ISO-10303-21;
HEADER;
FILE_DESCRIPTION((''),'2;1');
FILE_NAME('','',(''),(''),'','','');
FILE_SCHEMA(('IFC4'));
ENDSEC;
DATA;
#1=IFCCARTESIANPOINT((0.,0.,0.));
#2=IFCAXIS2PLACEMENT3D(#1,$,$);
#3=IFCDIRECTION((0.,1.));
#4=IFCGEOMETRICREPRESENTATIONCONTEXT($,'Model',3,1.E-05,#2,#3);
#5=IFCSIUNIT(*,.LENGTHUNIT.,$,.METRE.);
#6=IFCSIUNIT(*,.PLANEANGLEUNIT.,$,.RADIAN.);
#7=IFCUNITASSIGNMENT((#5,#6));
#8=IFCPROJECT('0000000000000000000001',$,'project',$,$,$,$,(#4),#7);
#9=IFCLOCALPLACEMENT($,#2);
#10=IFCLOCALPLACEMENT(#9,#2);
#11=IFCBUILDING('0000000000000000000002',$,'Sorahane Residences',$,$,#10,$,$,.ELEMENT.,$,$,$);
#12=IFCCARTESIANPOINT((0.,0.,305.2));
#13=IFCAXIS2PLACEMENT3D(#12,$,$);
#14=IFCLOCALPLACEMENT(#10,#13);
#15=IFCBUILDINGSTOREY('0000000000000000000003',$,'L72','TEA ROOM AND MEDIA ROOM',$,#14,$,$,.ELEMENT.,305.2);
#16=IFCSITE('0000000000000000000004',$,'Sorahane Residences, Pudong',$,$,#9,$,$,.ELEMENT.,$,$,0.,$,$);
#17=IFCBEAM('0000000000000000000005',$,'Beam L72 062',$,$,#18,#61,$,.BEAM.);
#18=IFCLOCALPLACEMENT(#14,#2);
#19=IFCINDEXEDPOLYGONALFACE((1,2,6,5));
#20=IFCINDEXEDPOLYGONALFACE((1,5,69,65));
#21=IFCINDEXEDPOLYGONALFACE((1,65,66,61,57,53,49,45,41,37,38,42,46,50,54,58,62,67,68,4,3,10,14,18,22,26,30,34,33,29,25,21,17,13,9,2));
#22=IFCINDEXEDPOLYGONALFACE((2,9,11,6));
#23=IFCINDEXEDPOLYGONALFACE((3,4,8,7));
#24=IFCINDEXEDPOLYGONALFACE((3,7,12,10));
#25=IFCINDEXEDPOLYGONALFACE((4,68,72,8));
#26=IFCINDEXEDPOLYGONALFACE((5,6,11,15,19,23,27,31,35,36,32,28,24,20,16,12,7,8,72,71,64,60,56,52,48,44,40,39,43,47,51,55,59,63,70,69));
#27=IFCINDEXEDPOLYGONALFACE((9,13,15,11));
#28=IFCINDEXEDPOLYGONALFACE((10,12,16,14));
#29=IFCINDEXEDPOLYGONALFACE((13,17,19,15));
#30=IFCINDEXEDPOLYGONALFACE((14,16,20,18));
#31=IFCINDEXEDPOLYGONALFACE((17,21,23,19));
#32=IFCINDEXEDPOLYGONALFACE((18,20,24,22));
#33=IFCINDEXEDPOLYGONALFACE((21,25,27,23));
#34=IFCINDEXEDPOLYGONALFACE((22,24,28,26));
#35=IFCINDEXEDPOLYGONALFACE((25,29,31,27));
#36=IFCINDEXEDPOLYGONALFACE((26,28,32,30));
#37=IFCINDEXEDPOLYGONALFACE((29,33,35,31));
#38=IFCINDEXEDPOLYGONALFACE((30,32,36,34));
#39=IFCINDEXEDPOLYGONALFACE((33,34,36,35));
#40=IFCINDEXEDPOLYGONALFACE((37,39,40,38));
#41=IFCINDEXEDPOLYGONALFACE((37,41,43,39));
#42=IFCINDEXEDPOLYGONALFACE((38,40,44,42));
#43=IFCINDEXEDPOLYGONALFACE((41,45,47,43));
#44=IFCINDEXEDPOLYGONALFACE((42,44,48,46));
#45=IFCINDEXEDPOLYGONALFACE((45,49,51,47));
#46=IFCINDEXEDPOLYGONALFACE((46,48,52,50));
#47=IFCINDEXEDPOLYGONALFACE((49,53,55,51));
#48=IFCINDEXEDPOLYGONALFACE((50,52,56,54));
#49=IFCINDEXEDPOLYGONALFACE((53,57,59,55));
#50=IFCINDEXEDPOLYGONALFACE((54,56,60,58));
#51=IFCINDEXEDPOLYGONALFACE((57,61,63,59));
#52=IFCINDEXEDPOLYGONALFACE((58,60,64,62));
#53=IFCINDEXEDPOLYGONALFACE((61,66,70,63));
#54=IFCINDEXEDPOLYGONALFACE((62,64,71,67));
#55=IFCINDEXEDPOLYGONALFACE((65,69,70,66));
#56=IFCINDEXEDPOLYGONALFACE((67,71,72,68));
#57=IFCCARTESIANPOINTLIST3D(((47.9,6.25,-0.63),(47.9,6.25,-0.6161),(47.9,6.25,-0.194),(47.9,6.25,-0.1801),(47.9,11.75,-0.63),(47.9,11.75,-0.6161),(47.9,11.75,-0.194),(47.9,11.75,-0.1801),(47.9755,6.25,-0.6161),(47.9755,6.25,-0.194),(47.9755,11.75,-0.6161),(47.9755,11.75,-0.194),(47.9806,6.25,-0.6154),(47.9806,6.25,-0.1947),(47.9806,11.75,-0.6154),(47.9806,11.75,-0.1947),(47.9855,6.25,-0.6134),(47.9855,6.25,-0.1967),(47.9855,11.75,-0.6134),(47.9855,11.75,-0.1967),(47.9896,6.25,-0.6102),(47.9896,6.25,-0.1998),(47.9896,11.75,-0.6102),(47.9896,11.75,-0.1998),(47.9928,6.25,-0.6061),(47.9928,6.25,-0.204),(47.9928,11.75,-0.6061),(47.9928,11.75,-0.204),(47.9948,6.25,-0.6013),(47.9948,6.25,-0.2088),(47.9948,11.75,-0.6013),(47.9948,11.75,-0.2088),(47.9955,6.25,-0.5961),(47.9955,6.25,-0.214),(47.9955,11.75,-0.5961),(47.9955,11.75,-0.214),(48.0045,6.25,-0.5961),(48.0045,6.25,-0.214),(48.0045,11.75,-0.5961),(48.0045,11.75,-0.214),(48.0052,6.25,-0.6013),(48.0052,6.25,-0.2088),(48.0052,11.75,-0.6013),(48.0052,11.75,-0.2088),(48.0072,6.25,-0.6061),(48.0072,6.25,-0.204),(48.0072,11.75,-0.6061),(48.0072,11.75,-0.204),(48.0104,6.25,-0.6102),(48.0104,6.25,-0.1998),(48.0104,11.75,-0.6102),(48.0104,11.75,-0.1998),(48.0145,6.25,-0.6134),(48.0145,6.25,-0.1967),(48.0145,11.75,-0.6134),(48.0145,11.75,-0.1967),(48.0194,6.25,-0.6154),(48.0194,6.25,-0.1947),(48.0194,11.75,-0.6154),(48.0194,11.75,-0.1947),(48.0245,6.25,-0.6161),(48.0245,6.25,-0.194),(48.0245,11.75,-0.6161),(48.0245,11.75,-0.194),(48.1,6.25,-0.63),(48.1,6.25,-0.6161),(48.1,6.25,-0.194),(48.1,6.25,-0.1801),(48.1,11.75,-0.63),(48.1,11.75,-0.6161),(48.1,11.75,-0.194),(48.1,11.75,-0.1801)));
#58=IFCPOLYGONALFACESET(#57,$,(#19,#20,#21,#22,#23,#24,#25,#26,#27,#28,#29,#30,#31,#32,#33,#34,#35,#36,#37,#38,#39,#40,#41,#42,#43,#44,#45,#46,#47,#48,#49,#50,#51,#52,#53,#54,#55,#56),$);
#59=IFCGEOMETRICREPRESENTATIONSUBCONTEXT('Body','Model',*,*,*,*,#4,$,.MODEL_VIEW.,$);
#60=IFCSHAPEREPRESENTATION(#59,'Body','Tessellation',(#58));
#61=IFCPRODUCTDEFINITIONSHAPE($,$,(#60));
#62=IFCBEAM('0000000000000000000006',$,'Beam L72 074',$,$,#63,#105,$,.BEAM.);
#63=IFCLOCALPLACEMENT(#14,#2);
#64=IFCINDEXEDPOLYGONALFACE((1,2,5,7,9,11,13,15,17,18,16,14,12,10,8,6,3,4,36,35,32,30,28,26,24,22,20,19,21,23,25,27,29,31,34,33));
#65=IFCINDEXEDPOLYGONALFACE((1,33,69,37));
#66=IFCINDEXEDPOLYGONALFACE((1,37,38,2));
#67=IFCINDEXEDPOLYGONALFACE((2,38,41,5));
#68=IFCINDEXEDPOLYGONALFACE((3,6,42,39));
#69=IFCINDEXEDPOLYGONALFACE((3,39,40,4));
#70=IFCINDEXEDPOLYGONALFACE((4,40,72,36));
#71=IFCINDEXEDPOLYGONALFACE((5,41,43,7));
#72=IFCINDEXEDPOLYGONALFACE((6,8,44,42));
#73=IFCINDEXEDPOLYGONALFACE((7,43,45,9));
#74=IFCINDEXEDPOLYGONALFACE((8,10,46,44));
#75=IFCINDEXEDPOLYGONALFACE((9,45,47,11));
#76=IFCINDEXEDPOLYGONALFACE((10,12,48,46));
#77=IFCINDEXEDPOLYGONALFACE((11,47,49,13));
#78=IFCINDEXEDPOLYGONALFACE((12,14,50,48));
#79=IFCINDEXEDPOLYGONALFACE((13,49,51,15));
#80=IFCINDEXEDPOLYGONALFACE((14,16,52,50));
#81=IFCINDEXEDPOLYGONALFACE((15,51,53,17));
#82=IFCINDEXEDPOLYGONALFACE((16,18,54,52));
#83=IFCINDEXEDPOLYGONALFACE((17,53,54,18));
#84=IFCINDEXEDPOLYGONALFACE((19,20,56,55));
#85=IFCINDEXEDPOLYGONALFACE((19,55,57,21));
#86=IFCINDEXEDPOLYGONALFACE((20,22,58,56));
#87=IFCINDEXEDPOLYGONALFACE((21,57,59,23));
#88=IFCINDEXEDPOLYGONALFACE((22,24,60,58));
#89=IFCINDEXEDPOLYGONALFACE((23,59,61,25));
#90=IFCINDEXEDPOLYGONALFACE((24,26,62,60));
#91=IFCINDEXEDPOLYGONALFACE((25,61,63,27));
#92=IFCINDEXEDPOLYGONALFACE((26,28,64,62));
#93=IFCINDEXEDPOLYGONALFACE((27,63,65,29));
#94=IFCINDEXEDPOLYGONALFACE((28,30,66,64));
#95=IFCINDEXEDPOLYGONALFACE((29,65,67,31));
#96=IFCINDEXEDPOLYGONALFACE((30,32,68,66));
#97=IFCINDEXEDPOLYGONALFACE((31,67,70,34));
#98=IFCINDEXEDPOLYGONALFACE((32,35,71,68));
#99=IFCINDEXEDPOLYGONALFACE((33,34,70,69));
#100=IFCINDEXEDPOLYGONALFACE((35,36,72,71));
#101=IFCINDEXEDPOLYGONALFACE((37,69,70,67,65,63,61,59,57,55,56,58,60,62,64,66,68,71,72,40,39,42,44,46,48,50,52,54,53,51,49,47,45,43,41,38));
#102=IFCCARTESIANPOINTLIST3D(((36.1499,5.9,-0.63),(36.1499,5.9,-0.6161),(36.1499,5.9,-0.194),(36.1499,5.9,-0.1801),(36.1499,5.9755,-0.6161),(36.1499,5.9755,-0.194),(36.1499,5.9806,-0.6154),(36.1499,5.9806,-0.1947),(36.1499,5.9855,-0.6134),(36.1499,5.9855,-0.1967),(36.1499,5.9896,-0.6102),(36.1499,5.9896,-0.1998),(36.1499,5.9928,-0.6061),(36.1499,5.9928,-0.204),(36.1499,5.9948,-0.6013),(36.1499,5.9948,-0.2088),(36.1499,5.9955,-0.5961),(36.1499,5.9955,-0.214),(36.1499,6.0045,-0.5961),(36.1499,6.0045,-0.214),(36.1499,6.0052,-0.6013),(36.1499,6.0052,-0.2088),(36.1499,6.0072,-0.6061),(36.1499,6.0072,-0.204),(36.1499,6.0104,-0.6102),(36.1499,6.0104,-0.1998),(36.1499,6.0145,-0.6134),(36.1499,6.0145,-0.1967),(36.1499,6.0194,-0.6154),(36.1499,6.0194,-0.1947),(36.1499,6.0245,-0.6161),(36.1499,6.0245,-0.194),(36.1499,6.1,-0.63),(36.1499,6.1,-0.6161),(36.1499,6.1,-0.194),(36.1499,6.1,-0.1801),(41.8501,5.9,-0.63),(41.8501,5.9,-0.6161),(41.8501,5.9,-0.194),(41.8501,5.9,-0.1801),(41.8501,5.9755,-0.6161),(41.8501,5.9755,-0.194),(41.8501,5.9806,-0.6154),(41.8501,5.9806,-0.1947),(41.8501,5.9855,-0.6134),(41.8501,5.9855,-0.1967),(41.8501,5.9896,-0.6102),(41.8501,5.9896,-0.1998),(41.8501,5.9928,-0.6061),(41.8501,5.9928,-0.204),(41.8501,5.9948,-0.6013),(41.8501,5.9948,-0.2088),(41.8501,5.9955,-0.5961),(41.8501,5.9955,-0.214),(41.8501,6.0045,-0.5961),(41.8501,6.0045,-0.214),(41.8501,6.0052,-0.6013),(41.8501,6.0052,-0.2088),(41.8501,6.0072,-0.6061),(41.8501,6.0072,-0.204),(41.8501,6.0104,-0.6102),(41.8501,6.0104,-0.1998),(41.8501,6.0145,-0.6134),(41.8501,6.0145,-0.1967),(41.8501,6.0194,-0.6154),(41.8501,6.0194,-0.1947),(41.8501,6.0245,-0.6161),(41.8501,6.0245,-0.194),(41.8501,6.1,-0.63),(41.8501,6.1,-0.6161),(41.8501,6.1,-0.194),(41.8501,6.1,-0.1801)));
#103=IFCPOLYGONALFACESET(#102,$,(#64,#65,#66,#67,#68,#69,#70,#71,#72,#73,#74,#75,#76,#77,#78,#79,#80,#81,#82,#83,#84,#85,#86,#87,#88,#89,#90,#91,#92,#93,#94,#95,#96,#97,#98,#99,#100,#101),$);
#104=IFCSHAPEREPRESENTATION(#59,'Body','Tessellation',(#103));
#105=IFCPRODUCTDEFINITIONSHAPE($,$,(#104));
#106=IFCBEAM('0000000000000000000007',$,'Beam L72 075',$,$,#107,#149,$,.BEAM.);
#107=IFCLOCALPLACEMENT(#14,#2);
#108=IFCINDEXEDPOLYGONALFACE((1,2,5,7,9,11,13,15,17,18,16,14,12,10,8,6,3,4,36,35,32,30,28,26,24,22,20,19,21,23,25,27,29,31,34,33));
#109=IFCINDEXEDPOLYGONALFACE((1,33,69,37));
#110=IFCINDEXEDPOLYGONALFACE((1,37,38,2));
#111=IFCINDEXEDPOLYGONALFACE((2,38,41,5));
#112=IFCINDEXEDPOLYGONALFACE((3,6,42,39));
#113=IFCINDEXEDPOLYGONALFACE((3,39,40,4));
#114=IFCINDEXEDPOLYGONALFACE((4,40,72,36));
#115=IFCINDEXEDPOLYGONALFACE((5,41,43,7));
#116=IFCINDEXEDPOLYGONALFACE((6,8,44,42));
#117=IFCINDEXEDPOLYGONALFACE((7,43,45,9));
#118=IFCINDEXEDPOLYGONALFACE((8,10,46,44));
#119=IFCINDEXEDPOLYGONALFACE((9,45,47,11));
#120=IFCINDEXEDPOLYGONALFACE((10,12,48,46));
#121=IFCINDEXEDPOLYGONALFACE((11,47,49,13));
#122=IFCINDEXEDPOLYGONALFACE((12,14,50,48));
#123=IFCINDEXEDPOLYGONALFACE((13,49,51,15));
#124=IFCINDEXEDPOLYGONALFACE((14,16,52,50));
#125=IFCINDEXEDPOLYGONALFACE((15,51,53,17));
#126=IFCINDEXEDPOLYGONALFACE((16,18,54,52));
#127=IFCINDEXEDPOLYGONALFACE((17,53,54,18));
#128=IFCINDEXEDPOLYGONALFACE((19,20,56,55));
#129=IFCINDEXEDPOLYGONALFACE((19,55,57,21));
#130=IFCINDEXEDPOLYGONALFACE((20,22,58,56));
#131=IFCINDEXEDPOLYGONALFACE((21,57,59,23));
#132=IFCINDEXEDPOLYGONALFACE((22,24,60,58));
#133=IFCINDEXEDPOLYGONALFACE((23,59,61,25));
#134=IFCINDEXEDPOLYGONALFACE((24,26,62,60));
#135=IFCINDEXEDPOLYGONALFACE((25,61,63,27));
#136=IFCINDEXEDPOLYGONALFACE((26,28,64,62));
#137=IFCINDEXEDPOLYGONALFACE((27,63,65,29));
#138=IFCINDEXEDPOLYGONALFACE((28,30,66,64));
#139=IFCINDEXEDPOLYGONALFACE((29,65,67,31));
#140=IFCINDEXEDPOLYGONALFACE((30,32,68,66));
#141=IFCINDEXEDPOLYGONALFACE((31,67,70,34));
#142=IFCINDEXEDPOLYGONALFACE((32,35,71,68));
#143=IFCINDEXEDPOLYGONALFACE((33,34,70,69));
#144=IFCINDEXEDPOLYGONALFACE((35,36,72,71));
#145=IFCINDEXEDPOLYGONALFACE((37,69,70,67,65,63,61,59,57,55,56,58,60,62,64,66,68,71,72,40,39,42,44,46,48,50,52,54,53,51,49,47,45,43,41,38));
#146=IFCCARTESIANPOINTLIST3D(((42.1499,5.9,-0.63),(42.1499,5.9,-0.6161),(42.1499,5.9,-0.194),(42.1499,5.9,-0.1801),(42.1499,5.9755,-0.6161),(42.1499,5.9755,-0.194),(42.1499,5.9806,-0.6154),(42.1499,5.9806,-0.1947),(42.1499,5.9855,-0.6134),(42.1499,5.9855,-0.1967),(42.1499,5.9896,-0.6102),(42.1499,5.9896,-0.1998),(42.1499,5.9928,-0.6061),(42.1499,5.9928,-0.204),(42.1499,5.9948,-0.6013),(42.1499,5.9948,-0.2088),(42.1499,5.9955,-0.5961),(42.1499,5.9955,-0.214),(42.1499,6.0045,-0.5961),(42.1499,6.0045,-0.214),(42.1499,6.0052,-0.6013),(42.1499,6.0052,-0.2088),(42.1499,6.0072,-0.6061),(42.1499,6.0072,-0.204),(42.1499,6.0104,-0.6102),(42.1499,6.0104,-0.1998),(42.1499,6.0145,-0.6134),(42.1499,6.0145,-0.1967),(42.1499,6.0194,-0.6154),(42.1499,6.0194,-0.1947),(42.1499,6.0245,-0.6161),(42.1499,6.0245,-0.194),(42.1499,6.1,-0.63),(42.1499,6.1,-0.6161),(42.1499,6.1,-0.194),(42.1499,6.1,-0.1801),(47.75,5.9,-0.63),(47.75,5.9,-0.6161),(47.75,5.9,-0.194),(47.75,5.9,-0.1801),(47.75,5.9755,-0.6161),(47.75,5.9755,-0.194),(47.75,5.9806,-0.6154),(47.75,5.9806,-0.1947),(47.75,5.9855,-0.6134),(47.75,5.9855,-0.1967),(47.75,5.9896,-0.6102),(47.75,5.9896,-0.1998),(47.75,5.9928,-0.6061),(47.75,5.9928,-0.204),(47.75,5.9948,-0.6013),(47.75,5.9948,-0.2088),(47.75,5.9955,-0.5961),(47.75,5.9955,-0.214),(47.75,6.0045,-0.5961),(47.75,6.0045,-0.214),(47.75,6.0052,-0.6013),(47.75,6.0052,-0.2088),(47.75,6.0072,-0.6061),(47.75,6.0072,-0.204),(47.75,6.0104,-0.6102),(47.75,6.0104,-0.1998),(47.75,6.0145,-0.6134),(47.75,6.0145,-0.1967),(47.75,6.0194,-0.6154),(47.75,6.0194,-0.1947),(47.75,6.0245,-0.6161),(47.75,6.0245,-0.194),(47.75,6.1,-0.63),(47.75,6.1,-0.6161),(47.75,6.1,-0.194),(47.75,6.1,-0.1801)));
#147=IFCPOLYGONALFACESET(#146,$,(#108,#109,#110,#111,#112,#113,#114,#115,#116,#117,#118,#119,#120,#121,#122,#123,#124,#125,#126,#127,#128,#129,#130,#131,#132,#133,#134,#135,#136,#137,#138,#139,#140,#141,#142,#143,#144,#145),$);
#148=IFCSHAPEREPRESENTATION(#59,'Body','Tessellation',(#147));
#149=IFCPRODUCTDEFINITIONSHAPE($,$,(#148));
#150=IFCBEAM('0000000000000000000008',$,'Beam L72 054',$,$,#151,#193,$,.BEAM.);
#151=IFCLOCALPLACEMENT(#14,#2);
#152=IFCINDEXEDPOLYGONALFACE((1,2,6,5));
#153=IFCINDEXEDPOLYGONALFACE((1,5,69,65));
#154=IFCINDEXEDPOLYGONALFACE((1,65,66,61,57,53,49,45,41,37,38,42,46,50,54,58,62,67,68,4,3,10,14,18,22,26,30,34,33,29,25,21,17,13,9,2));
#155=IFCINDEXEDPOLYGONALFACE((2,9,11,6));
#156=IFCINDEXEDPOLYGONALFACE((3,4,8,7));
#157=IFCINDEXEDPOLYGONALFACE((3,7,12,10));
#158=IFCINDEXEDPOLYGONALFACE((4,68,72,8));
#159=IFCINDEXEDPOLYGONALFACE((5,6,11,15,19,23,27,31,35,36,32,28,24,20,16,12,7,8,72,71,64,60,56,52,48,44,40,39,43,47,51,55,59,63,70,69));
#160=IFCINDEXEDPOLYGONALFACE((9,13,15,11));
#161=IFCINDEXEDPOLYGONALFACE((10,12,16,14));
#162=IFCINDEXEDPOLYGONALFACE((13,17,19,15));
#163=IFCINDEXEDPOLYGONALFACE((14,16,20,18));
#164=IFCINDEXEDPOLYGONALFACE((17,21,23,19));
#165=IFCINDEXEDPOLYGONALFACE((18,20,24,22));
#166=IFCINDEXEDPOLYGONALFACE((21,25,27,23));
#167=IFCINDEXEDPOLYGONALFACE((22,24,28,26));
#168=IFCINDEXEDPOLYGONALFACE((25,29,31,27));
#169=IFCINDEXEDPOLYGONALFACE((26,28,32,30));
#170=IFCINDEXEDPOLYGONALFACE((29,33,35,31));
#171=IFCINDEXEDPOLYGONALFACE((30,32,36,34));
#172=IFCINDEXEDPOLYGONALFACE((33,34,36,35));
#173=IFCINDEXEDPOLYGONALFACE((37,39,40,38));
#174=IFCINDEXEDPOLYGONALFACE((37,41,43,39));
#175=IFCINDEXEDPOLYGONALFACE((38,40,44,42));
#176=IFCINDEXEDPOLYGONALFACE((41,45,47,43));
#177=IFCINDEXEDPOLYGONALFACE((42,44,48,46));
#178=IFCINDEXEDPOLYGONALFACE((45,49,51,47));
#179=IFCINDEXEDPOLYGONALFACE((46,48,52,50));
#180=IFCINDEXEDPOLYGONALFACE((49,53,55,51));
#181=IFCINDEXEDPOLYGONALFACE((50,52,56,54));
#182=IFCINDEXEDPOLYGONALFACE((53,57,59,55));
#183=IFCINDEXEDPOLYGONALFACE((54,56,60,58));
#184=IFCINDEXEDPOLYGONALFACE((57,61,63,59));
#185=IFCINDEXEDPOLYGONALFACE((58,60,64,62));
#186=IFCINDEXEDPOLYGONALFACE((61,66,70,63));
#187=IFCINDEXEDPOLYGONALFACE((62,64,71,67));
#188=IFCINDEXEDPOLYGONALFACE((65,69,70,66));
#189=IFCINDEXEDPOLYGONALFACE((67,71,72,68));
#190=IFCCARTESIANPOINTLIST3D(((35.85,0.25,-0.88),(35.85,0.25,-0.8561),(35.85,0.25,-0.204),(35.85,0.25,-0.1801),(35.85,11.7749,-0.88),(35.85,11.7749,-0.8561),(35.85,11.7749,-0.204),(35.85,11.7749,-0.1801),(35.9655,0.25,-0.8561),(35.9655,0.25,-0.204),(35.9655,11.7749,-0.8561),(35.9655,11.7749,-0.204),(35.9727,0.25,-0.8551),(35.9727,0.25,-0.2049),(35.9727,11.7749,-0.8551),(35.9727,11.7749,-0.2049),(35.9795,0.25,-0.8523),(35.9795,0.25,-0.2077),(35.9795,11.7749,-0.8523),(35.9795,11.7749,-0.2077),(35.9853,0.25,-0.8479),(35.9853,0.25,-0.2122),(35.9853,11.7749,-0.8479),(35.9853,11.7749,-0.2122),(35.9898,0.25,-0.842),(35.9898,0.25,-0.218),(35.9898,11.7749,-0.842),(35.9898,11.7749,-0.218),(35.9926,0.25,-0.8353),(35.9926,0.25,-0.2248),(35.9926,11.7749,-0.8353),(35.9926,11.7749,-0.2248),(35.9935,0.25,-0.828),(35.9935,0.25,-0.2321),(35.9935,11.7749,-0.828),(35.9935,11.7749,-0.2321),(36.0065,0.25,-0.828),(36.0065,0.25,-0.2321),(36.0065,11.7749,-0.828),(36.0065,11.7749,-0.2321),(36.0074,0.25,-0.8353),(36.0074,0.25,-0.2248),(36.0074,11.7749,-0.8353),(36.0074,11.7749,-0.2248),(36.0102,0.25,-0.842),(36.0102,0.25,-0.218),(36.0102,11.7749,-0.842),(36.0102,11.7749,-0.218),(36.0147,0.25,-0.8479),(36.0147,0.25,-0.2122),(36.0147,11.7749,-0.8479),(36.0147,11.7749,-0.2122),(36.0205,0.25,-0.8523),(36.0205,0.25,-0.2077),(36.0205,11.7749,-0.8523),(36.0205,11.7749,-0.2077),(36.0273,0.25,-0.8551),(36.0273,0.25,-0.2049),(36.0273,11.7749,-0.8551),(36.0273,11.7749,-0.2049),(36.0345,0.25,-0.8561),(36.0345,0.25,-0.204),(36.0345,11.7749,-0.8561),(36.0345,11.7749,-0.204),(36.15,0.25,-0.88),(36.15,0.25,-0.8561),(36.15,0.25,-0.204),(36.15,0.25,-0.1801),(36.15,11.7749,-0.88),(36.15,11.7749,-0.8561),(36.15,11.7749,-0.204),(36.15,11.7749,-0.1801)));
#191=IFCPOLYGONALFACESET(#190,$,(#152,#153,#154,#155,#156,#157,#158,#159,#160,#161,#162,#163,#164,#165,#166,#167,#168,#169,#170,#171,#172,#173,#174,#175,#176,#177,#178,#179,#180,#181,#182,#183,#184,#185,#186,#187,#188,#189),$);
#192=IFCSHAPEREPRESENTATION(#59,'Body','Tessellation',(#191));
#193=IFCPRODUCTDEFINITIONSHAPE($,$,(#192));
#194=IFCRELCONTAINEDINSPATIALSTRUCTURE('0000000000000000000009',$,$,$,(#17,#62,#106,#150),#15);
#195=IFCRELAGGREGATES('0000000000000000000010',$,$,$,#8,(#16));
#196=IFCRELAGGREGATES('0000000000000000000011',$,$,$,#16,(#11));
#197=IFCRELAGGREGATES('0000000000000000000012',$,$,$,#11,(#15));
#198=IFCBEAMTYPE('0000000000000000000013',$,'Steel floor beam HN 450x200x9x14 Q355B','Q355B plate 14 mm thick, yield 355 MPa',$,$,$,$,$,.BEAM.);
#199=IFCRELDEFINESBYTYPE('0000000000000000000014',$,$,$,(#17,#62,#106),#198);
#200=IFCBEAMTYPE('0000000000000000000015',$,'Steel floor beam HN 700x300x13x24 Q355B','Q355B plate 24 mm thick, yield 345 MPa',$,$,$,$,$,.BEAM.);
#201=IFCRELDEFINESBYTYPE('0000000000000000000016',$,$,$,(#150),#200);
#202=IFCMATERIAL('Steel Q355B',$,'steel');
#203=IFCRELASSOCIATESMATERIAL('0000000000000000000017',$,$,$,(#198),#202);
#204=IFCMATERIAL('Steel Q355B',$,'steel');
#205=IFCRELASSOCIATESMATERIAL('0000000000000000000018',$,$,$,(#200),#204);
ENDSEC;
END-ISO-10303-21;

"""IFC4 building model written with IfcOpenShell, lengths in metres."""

from ifc_helpers import new_model, si_unit, direction, frame, origin, origin_2d, place, context, subcontext, project, spatial, i_section, extrude, material, material_profile, profile_set, type_object, element, save


model = new_model("IFC4")

# Units and contexts
model_context = context("Model", 3, precision=1e-05, world=origin(), true_north=direction((0.0, 1.0)))
body_context = subcontext(model_context, "Body", "Model", "MODEL_VIEW")
ifc_project = project(units=[si_unit("LENGTHUNIT", "METRE"), si_unit("PLANEANGLEUNIT", "RADIAN")], contexts=[model_context])

# Site, building, storey
site_placement = place(None, origin())
site = spatial("IfcSite", under=ifc_project, at=site_placement, Name="Sorahane Residences, Pudong", CompositionType="ELEMENT", RefElevation=0.0)
building_placement = place(site_placement, origin())
building = spatial("IfcBuilding", under=site, at=building_placement, Name="Sorahane Residences", CompositionType="ELEMENT")
storey_placement = place(building_placement, frame((0.0, 0.0, 305.2)))
storey = spatial("IfcBuildingStorey", under=building, at=storey_placement, Name="L72", Description="TEA ROOM AND MEDIA ROOM", CompositionType="ELEMENT", Elevation=305.2)

# Beams
ifc_material_1 = material(Name="Steel Q355B", Category="steel")
ifc_material_profile_1 = material_profile(ifc_material_1, i_section(OverallWidth=0.2, OverallDepth=0.45, WebThickness=0.009, FlangeThickness=0.0139, FilletRadius=0.02, at=origin_2d()), Name="HN 450x200x9x14")
ifc_profile_set_1 = profile_set([ifc_material_profile_1], Name="Steel Q355B")
beam_type_1 = type_object("IfcBeamType", Name="Steel floor beam HN 450x200x9x14 Q355B", Description="Q355B plate 14 mm thick, yield 355 MPa", PredefinedType="BEAM", material=ifc_profile_set_1)
for number, where, z_axis, x_axis, name in (
    (1, (48.0, 6.25, -0.405), (0.0, 1.0, 0.0), (-1.0, 0.0, 0.0), "Beam L72 062"),
):
    element("IfcBeam", number, at=place(storey_placement, frame(where, z_axis=z_axis, x_axis=x_axis)), inside=storey, type_object=beam_type_1, Name=name, PredefinedType="BEAM", context=body_context, shape_type="SweptSolid", body=[
        extrude(i_section(OverallWidth=0.2, OverallDepth=0.45, WebThickness=0.009, FlangeThickness=0.0139, FilletRadius=0.02, at=origin_2d()), origin(), (0.0, 0.0, 1.0), 5.5),
    ])
beam_1_placement = place(storey_placement, frame((36.1499, 6.0, -0.405), z_axis=(1.0, 0.0, 0.0), x_axis=(0.0, 1.0, 0.0)))
element("IfcBeam", 2, at=beam_1_placement, inside=storey, type_object=beam_type_1, Name="Beam L72 074", PredefinedType="BEAM", context=body_context, shape_type="SweptSolid", body=[
    extrude(i_section(OverallWidth=0.2, OverallDepth=0.45, WebThickness=0.009, FlangeThickness=0.0139, FilletRadius=0.02, at=origin_2d()), origin(), (0.0, 0.0, 1.0), 5.7002),
])
beam_2_placement = place(storey_placement, frame((42.1499, 6.0, -0.405), z_axis=(1.0, 0.0, 0.0), x_axis=(0.0, 1.0, 0.0)))
element("IfcBeam", 3, at=beam_2_placement, inside=storey, type_object=beam_type_1, Name="Beam L72 075", PredefinedType="BEAM", context=body_context, shape_type="SweptSolid", body=[
    extrude(i_section(OverallWidth=0.2, OverallDepth=0.45, WebThickness=0.009, FlangeThickness=0.0139, FilletRadius=0.02, at=origin_2d()), origin(), (0.0, 0.0, 1.0), 5.6001),
])
ifc_material_2 = material(Name="Steel Q355B", Category="steel")
ifc_material_profile_2 = material_profile(ifc_material_2, i_section(OverallWidth=0.3, OverallDepth=0.7, WebThickness=0.0129, FlangeThickness=0.0239, FilletRadius=0.0281, at=origin_2d()), Name="HN 700x300x13x24")
ifc_profile_set_2 = profile_set([ifc_material_profile_2], Name="Steel Q355B")
beam_type_2 = type_object("IfcBeamType", Name="Steel floor beam HN 700x300x13x24 Q355B", Description="Q355B plate 24 mm thick, yield 345 MPa", PredefinedType="BEAM", material=ifc_profile_set_2)
beam_3_placement = place(storey_placement, frame((36.0, 0.25, -0.53), z_axis=(0.0, 1.0, 0.0), x_axis=(-1.0, 0.0, 0.0)))
element("IfcBeam", 4, at=beam_3_placement, inside=storey, type_object=beam_type_2, Name="Beam L72 054", PredefinedType="BEAM", context=body_context, shape_type="SweptSolid", body=[
    extrude(i_section(OverallWidth=0.3, OverallDepth=0.7, WebThickness=0.0129, FlangeThickness=0.0239, FilletRadius=0.0281, at=origin_2d()), origin(), (0.0, 0.0, 1.0), 11.5249),
])

save(model, "model.ifc")
